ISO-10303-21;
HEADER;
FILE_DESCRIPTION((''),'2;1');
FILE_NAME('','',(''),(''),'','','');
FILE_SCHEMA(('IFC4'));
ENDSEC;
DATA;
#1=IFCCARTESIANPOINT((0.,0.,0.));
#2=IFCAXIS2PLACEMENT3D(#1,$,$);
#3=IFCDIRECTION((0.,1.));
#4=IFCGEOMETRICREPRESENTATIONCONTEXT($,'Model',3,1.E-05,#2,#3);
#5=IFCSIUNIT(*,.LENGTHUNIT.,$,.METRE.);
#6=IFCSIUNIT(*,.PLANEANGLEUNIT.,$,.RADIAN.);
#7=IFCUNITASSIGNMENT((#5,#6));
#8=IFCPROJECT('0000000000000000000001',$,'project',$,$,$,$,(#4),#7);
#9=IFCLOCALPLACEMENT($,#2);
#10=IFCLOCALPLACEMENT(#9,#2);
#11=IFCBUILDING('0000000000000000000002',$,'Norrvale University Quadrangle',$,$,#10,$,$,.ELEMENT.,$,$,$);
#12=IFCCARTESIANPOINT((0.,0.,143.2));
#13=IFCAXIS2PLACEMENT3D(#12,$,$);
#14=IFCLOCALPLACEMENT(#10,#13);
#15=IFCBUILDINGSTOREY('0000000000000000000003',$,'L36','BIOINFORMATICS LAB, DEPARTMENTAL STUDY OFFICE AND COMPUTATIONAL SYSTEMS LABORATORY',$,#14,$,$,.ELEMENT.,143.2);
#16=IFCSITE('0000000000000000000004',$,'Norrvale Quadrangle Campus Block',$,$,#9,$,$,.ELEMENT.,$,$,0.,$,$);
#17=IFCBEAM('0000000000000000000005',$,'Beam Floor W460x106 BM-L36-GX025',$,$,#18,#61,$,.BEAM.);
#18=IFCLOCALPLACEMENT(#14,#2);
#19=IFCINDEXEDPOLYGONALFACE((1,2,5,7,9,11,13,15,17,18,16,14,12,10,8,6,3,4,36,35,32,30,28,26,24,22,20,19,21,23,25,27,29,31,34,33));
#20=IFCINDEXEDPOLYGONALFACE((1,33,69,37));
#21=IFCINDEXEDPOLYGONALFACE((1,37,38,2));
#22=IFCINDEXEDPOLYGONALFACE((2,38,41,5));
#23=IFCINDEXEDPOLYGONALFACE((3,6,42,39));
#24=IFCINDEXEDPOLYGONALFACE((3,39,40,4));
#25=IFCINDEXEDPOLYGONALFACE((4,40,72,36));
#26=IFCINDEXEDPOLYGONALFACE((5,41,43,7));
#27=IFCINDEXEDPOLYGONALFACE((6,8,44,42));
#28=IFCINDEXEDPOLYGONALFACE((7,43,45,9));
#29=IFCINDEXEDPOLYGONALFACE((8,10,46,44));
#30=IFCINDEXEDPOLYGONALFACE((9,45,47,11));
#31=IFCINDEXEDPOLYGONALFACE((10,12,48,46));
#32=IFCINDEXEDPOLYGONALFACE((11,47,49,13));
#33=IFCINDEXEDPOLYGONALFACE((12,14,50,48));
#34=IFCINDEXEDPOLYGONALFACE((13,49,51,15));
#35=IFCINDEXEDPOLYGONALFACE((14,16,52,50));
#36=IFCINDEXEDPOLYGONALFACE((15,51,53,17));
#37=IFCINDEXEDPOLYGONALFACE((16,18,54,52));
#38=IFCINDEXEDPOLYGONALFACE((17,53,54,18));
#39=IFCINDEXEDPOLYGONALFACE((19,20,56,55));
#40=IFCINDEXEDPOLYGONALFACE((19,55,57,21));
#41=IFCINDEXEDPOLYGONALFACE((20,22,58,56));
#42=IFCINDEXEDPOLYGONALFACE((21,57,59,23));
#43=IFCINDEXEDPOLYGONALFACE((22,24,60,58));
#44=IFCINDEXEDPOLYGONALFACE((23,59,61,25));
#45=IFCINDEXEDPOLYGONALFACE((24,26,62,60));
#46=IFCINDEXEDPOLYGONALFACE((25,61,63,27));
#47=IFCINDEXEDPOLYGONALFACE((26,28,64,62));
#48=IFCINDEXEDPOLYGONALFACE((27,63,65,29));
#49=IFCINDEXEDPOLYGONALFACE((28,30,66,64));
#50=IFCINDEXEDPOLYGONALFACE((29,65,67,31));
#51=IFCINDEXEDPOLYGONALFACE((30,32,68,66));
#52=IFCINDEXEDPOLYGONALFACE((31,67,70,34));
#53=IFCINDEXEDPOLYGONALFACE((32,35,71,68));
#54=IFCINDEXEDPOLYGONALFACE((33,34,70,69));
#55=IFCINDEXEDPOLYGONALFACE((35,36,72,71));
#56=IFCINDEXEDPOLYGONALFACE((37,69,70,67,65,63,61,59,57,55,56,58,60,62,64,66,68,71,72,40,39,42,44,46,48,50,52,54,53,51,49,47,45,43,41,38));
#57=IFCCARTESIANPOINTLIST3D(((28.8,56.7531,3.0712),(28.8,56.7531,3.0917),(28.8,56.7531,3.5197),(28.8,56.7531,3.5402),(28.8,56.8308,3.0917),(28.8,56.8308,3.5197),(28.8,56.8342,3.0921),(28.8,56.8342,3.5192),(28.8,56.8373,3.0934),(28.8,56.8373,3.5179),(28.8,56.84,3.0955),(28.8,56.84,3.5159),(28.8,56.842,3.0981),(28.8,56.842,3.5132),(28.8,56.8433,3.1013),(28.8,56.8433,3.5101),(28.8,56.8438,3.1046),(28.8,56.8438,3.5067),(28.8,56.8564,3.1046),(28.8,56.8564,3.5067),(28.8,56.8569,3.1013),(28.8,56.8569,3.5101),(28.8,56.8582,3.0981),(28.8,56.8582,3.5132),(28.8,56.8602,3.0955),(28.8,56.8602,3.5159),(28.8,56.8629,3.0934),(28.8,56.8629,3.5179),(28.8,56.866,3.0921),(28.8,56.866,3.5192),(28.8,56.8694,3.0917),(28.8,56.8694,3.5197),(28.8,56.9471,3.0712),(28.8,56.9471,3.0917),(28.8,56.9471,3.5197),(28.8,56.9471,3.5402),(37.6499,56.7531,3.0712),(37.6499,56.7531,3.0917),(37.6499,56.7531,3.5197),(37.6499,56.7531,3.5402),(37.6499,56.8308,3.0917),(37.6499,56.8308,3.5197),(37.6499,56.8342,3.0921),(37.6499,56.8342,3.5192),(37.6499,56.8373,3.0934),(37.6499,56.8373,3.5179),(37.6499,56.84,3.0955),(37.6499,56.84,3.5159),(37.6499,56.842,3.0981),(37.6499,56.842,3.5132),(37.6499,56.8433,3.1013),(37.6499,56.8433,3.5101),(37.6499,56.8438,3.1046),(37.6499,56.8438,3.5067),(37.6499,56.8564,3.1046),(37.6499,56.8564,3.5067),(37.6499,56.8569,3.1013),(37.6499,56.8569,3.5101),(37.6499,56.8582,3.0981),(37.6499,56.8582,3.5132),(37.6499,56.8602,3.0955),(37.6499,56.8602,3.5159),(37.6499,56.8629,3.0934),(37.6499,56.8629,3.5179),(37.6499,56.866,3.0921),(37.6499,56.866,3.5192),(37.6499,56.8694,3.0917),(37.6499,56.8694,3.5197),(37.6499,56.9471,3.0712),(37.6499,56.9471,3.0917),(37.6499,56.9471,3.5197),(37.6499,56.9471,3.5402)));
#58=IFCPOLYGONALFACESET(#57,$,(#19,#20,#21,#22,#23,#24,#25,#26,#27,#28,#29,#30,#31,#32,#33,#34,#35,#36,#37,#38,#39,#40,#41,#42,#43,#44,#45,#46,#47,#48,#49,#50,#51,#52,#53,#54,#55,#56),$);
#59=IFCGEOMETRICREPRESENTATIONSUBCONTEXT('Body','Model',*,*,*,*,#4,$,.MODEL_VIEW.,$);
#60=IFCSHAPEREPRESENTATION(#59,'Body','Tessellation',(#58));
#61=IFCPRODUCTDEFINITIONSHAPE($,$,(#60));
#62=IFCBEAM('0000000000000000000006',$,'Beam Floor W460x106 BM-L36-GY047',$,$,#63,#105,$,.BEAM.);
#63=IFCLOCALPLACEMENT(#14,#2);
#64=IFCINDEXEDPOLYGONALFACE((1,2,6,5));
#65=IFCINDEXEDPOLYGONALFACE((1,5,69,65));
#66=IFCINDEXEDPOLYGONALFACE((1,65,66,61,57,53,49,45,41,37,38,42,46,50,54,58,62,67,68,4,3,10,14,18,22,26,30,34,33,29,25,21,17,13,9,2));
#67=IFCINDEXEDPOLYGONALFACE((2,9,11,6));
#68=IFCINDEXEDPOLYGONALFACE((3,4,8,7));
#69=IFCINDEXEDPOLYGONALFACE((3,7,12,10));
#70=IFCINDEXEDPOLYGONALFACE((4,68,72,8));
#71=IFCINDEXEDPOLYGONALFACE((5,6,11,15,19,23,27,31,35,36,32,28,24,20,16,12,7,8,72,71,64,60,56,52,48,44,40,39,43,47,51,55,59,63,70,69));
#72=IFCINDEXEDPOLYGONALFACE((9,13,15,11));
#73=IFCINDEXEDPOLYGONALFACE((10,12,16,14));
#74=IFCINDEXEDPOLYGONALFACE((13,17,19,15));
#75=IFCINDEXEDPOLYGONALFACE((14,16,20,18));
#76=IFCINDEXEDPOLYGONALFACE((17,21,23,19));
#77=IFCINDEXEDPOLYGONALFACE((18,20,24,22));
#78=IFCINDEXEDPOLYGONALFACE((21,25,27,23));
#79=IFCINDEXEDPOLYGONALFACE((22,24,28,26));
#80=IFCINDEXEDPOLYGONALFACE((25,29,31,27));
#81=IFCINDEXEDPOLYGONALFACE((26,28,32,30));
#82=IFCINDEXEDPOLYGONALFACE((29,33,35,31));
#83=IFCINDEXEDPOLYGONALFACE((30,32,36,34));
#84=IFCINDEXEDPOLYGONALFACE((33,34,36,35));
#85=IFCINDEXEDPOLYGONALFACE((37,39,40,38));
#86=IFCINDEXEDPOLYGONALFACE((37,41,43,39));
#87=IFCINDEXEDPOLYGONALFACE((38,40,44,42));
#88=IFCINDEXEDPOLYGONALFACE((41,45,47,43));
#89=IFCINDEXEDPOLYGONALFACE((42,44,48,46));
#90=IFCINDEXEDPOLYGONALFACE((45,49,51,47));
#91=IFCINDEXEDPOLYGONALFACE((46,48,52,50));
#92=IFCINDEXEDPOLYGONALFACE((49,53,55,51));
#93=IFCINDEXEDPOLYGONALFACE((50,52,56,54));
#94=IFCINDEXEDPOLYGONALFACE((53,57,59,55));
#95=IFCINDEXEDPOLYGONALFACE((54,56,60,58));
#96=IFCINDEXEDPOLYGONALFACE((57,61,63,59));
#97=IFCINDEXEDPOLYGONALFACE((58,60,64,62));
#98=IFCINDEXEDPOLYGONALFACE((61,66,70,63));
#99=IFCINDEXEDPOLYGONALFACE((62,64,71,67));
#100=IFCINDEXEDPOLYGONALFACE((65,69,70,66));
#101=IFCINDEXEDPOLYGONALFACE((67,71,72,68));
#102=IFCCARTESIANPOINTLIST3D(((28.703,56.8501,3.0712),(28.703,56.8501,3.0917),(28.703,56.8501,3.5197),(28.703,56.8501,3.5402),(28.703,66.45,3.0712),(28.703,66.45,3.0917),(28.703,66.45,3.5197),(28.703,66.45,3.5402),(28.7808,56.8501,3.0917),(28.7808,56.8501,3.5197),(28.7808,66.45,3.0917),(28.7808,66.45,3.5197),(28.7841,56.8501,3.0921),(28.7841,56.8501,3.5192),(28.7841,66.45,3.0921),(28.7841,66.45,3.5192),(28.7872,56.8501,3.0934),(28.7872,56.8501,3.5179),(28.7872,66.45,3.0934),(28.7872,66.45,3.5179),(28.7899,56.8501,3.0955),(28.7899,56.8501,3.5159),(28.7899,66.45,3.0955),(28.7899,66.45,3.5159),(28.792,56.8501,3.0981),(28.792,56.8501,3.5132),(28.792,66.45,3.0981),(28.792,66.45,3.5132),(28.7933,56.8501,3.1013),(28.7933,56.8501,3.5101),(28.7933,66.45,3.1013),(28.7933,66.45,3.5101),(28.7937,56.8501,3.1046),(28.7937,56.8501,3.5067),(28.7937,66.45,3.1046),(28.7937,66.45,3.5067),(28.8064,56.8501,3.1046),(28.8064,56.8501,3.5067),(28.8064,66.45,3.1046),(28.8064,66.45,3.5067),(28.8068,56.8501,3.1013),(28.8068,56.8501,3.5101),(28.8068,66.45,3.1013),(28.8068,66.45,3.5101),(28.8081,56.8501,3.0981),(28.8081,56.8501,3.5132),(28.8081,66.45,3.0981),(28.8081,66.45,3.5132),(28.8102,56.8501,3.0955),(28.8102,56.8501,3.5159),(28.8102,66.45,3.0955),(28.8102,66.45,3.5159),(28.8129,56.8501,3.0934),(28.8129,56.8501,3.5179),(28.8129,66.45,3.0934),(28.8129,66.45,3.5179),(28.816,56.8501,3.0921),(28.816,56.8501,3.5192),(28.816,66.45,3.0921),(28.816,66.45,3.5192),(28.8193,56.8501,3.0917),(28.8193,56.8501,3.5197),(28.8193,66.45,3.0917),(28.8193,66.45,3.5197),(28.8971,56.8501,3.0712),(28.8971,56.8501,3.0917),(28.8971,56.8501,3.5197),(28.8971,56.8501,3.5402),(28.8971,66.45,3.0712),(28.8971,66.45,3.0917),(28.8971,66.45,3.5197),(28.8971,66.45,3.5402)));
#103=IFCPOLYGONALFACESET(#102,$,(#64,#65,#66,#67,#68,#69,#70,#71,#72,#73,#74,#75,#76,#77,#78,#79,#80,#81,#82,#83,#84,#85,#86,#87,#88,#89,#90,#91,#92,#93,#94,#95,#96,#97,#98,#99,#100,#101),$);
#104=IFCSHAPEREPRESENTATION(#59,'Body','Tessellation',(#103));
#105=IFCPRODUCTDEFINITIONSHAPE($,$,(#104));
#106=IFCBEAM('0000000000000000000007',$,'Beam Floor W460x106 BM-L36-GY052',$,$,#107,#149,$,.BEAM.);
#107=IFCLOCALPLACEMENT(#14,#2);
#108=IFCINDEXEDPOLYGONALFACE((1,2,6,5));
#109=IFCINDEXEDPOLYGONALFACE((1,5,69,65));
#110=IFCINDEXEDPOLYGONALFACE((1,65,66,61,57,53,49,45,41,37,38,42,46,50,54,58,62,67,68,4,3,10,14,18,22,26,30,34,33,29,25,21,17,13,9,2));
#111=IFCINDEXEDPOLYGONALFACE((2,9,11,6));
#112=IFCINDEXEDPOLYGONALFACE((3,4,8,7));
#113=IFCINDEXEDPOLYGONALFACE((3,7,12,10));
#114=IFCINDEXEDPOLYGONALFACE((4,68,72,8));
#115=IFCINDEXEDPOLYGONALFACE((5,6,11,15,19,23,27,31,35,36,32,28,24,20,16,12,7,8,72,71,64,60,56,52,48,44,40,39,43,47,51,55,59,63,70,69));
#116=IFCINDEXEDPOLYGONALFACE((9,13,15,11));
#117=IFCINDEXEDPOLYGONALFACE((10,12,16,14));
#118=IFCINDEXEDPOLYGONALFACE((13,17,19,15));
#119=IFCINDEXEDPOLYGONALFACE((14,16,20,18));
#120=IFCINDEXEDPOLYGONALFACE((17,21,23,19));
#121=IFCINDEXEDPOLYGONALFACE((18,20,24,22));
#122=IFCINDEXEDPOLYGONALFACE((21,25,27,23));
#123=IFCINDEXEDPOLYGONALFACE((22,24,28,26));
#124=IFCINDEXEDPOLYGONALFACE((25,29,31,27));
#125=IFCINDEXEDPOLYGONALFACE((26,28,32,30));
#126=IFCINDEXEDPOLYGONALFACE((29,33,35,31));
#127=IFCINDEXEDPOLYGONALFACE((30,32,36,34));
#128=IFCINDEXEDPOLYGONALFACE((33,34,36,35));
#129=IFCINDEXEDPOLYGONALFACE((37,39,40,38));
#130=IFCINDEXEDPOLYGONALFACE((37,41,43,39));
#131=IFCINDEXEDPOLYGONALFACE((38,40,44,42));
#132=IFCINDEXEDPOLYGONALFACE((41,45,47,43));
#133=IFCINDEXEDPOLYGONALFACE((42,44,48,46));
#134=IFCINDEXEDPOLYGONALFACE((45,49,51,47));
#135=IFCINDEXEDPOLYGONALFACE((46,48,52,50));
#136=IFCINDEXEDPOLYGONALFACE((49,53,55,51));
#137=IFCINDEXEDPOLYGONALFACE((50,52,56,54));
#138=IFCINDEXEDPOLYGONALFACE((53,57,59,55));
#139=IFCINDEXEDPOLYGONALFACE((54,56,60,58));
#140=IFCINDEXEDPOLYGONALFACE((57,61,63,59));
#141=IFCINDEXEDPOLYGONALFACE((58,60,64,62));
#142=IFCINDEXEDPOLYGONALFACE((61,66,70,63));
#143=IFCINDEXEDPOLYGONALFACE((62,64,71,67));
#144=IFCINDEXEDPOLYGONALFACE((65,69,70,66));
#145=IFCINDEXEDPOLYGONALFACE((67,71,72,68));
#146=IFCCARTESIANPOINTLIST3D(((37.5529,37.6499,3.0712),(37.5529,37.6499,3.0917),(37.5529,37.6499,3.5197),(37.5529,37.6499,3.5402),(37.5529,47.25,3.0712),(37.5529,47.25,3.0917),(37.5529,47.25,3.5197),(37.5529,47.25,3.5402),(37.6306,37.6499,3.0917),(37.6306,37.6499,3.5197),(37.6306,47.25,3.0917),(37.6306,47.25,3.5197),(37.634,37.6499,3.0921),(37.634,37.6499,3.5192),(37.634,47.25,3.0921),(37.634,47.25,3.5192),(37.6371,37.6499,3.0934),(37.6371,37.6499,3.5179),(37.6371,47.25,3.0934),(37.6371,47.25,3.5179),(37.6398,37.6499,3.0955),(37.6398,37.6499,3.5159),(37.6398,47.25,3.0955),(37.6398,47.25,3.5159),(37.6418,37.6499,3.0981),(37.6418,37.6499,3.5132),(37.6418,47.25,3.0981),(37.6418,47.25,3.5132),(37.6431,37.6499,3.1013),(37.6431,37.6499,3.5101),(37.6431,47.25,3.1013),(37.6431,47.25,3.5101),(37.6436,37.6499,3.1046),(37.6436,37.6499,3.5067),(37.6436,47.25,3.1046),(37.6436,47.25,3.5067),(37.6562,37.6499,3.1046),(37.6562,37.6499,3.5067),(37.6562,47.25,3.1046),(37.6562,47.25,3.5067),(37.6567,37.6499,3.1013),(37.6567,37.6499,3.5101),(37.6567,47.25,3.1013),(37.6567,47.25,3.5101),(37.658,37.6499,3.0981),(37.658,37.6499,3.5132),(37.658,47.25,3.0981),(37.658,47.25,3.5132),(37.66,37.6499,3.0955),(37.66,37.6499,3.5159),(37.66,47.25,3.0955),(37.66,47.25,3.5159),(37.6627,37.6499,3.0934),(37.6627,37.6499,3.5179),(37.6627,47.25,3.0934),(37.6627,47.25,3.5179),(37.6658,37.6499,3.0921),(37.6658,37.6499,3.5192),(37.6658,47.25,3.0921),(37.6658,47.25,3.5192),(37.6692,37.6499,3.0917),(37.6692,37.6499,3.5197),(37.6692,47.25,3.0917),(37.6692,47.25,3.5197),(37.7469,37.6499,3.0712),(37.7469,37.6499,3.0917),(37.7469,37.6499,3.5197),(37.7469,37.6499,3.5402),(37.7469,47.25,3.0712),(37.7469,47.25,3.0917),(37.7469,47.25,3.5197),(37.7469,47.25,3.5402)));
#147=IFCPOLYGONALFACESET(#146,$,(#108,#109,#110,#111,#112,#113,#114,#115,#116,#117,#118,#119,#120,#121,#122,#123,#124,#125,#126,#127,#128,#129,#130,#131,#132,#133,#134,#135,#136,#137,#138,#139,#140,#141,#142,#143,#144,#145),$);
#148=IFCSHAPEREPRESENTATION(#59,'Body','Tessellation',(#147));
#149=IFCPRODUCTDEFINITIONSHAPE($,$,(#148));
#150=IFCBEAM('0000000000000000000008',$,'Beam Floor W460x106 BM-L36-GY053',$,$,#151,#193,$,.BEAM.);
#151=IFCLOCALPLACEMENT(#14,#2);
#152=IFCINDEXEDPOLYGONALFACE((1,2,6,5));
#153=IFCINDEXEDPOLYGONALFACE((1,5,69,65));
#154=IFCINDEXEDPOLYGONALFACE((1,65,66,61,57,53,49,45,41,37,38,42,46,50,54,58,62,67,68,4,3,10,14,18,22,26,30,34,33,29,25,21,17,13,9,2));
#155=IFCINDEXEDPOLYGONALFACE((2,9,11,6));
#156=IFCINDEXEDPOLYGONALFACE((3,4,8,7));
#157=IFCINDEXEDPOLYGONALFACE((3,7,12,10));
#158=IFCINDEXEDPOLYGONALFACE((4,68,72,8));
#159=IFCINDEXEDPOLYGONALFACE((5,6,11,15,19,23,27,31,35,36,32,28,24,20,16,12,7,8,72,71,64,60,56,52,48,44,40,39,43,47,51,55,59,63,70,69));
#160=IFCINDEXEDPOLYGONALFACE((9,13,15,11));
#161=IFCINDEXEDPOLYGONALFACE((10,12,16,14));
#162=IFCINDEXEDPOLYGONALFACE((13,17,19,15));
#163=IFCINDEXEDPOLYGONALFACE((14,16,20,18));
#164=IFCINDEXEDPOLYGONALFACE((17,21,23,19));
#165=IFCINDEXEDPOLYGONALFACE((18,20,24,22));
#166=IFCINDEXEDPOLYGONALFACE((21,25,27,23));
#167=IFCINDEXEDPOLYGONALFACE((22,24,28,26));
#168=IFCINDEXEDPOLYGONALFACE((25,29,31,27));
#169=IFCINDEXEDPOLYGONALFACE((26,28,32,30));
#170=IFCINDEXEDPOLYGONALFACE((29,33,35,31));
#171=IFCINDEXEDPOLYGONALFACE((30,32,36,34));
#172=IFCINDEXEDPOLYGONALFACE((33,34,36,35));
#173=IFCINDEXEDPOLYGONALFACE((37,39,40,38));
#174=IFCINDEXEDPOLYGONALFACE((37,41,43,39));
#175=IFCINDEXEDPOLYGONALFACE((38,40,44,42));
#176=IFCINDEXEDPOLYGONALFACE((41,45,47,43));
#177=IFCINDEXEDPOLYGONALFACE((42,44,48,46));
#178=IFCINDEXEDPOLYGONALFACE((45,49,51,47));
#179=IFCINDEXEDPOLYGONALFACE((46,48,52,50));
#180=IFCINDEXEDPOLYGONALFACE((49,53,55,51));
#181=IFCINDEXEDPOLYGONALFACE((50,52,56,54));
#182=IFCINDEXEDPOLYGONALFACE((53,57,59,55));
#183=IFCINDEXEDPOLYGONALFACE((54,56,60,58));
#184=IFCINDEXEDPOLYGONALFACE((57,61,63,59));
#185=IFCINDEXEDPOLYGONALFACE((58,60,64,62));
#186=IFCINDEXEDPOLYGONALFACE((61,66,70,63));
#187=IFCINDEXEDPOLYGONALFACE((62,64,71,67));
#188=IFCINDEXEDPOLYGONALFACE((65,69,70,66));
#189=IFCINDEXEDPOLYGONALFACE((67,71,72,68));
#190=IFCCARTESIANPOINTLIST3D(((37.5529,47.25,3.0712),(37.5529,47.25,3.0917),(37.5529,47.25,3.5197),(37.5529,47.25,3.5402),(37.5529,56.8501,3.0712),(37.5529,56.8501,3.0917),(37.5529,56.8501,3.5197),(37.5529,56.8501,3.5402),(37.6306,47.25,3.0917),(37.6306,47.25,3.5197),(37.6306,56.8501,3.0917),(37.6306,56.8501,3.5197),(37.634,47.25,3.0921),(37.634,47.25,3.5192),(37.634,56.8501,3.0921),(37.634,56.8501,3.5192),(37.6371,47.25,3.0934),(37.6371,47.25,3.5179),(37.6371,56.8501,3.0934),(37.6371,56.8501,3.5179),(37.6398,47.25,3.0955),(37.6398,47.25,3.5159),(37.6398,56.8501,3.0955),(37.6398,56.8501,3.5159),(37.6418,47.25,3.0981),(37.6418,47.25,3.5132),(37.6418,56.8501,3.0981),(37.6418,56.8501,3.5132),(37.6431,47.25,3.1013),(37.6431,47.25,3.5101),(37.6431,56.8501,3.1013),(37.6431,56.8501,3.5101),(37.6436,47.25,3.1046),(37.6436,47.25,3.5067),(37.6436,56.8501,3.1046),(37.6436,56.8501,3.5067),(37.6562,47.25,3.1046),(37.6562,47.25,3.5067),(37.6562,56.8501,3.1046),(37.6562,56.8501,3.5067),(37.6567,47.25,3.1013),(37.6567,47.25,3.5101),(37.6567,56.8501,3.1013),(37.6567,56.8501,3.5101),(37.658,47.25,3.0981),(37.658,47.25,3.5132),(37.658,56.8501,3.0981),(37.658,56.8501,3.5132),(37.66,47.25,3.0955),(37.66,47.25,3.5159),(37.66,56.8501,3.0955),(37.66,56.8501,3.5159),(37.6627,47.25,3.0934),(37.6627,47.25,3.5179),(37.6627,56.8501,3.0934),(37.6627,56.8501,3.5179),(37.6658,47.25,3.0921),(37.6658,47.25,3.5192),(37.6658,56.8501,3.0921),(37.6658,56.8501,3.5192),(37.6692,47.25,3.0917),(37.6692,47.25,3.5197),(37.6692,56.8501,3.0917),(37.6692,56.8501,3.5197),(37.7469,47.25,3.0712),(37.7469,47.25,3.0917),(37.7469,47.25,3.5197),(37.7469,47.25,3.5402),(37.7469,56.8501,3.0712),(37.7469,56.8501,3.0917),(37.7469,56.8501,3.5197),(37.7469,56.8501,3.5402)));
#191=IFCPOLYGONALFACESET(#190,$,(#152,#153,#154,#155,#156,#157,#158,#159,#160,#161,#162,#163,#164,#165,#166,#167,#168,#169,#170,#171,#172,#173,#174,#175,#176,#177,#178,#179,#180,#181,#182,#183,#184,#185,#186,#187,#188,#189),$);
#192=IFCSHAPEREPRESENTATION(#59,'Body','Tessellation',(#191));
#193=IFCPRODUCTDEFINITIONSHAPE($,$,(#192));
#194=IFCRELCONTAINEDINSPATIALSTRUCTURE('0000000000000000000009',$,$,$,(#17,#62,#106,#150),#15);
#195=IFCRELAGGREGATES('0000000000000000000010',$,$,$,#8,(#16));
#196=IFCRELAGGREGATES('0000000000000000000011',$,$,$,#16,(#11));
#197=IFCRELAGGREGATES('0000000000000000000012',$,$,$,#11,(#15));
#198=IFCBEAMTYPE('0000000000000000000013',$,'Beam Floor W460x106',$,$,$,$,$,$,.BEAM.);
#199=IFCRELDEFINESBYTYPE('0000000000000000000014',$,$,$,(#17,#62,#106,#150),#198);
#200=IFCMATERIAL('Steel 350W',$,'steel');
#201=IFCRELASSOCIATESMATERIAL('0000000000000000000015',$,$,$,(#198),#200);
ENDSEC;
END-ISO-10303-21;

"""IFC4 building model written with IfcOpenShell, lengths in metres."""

from ifc_helpers import new_model, si_unit, direction, frame, origin, origin_2d, place, context, subcontext, project, spatial, i_section, extrude, material, material_profile, profile_set, type_object, element, save


model = new_model("IFC4")

# Units and contexts
model_context = context("Model", 3, precision=1e-05, world=origin(), true_north=direction((0.0, 1.0)))
body_context = subcontext(model_context, "Body", "Model", "MODEL_VIEW")
ifc_project = project(units=[si_unit("LENGTHUNIT", "METRE"), si_unit("PLANEANGLEUNIT", "RADIAN")], contexts=[model_context])

# Site, building, storey
site_placement = place(None, origin())
site = spatial("IfcSite", under=ifc_project, at=site_placement, Name="Norrvale Quadrangle Campus Block", CompositionType="ELEMENT", RefElevation=0.0)
building_placement = place(site_placement, origin())
building = spatial("IfcBuilding", under=site, at=building_placement, Name="Norrvale University Quadrangle", CompositionType="ELEMENT")
storey_placement = place(building_placement, frame((0.0, 0.0, 143.2)))
storey = spatial("IfcBuildingStorey", under=building, at=storey_placement, Name="L36", Description="BIOINFORMATICS LAB, DEPARTMENTAL STUDY OFFICE AND COMPUTATIONAL SYSTEMS LABORATORY", CompositionType="ELEMENT", Elevation=143.2)

# Beams
ifc_material_1 = material(Name="Steel 350W", Category="steel")
ifc_material_profile_1 = material_profile(ifc_material_1, i_section(OverallWidth=0.1941, OverallDepth=0.469, WebThickness=0.0127, FlangeThickness=0.0205, FilletRadius=0.0129, at=origin_2d()), Name="Steel 350W")
ifc_profile_set_1 = profile_set([ifc_material_profile_1], Name="Steel 350W")
beam_type_1 = type_object("IfcBeamType", Name="Beam Floor W460x106", PredefinedType="BEAM", material=ifc_profile_set_1)
beam_1_placement = place(storey_placement, frame((28.8, 56.8501, 3.3057), z_axis=(1.0, 0.0, 0.0), x_axis=(0.0, 1.0, 0.0)))
element("IfcBeam", 1, at=beam_1_placement, inside=storey, type_object=beam_type_1, Name="Beam Floor W460x106 BM-L36-GX025", PredefinedType="BEAM", context=body_context, shape_type="SweptSolid", body=[
    extrude(i_section(OverallWidth=0.1941, OverallDepth=0.469, WebThickness=0.0127, FlangeThickness=0.0205, FilletRadius=0.0129, at=origin_2d()), origin(), (0.0, 0.0, 1.0), 8.8499),
])
beam_2_placement = place(storey_placement, frame((28.8, 56.8501, 3.3057), z_axis=(0.0, 1.0, 0.0), x_axis=(-1.0, 0.0, 0.0)))
element("IfcBeam", 2, at=beam_2_placement, inside=storey, type_object=beam_type_1, Name="Beam Floor W460x106 BM-L36-GY047", PredefinedType="BEAM", context=body_context, shape_type="SweptSolid", body=[
    extrude(i_section(OverallWidth=0.1941, OverallDepth=0.469, WebThickness=0.0127, FlangeThickness=0.0205, FilletRadius=0.0129, at=origin_2d()), origin(), (0.0, 0.0, 1.0), 9.5999),
])
for number, where, z_axis, x_axis, name in (
    (3, (37.6499, 37.6499, 3.3057), (0.0, 1.0, 0.0), (-1.0, 0.0, 0.0), "Beam Floor W460x106 BM-L36-GY052"),
    (4, (37.6499, 47.25, 3.3057), (0.0, 1.0, 0.0), (-1.0, 0.0, 0.0), "Beam Floor W460x106 BM-L36-GY053"),
):
    element("IfcBeam", number, at=place(storey_placement, frame(where, z_axis=z_axis, x_axis=x_axis)), inside=storey, type_object=beam_type_1, Name=name, PredefinedType="BEAM", context=body_context, shape_type="SweptSolid", body=[
        extrude(i_section(OverallWidth=0.1941, OverallDepth=0.469, WebThickness=0.0127, FlangeThickness=0.0205, FilletRadius=0.0129, at=origin_2d()), origin(), (0.0, 0.0, 1.0), 9.6001),
    ])

save(model, "model.ifc")
